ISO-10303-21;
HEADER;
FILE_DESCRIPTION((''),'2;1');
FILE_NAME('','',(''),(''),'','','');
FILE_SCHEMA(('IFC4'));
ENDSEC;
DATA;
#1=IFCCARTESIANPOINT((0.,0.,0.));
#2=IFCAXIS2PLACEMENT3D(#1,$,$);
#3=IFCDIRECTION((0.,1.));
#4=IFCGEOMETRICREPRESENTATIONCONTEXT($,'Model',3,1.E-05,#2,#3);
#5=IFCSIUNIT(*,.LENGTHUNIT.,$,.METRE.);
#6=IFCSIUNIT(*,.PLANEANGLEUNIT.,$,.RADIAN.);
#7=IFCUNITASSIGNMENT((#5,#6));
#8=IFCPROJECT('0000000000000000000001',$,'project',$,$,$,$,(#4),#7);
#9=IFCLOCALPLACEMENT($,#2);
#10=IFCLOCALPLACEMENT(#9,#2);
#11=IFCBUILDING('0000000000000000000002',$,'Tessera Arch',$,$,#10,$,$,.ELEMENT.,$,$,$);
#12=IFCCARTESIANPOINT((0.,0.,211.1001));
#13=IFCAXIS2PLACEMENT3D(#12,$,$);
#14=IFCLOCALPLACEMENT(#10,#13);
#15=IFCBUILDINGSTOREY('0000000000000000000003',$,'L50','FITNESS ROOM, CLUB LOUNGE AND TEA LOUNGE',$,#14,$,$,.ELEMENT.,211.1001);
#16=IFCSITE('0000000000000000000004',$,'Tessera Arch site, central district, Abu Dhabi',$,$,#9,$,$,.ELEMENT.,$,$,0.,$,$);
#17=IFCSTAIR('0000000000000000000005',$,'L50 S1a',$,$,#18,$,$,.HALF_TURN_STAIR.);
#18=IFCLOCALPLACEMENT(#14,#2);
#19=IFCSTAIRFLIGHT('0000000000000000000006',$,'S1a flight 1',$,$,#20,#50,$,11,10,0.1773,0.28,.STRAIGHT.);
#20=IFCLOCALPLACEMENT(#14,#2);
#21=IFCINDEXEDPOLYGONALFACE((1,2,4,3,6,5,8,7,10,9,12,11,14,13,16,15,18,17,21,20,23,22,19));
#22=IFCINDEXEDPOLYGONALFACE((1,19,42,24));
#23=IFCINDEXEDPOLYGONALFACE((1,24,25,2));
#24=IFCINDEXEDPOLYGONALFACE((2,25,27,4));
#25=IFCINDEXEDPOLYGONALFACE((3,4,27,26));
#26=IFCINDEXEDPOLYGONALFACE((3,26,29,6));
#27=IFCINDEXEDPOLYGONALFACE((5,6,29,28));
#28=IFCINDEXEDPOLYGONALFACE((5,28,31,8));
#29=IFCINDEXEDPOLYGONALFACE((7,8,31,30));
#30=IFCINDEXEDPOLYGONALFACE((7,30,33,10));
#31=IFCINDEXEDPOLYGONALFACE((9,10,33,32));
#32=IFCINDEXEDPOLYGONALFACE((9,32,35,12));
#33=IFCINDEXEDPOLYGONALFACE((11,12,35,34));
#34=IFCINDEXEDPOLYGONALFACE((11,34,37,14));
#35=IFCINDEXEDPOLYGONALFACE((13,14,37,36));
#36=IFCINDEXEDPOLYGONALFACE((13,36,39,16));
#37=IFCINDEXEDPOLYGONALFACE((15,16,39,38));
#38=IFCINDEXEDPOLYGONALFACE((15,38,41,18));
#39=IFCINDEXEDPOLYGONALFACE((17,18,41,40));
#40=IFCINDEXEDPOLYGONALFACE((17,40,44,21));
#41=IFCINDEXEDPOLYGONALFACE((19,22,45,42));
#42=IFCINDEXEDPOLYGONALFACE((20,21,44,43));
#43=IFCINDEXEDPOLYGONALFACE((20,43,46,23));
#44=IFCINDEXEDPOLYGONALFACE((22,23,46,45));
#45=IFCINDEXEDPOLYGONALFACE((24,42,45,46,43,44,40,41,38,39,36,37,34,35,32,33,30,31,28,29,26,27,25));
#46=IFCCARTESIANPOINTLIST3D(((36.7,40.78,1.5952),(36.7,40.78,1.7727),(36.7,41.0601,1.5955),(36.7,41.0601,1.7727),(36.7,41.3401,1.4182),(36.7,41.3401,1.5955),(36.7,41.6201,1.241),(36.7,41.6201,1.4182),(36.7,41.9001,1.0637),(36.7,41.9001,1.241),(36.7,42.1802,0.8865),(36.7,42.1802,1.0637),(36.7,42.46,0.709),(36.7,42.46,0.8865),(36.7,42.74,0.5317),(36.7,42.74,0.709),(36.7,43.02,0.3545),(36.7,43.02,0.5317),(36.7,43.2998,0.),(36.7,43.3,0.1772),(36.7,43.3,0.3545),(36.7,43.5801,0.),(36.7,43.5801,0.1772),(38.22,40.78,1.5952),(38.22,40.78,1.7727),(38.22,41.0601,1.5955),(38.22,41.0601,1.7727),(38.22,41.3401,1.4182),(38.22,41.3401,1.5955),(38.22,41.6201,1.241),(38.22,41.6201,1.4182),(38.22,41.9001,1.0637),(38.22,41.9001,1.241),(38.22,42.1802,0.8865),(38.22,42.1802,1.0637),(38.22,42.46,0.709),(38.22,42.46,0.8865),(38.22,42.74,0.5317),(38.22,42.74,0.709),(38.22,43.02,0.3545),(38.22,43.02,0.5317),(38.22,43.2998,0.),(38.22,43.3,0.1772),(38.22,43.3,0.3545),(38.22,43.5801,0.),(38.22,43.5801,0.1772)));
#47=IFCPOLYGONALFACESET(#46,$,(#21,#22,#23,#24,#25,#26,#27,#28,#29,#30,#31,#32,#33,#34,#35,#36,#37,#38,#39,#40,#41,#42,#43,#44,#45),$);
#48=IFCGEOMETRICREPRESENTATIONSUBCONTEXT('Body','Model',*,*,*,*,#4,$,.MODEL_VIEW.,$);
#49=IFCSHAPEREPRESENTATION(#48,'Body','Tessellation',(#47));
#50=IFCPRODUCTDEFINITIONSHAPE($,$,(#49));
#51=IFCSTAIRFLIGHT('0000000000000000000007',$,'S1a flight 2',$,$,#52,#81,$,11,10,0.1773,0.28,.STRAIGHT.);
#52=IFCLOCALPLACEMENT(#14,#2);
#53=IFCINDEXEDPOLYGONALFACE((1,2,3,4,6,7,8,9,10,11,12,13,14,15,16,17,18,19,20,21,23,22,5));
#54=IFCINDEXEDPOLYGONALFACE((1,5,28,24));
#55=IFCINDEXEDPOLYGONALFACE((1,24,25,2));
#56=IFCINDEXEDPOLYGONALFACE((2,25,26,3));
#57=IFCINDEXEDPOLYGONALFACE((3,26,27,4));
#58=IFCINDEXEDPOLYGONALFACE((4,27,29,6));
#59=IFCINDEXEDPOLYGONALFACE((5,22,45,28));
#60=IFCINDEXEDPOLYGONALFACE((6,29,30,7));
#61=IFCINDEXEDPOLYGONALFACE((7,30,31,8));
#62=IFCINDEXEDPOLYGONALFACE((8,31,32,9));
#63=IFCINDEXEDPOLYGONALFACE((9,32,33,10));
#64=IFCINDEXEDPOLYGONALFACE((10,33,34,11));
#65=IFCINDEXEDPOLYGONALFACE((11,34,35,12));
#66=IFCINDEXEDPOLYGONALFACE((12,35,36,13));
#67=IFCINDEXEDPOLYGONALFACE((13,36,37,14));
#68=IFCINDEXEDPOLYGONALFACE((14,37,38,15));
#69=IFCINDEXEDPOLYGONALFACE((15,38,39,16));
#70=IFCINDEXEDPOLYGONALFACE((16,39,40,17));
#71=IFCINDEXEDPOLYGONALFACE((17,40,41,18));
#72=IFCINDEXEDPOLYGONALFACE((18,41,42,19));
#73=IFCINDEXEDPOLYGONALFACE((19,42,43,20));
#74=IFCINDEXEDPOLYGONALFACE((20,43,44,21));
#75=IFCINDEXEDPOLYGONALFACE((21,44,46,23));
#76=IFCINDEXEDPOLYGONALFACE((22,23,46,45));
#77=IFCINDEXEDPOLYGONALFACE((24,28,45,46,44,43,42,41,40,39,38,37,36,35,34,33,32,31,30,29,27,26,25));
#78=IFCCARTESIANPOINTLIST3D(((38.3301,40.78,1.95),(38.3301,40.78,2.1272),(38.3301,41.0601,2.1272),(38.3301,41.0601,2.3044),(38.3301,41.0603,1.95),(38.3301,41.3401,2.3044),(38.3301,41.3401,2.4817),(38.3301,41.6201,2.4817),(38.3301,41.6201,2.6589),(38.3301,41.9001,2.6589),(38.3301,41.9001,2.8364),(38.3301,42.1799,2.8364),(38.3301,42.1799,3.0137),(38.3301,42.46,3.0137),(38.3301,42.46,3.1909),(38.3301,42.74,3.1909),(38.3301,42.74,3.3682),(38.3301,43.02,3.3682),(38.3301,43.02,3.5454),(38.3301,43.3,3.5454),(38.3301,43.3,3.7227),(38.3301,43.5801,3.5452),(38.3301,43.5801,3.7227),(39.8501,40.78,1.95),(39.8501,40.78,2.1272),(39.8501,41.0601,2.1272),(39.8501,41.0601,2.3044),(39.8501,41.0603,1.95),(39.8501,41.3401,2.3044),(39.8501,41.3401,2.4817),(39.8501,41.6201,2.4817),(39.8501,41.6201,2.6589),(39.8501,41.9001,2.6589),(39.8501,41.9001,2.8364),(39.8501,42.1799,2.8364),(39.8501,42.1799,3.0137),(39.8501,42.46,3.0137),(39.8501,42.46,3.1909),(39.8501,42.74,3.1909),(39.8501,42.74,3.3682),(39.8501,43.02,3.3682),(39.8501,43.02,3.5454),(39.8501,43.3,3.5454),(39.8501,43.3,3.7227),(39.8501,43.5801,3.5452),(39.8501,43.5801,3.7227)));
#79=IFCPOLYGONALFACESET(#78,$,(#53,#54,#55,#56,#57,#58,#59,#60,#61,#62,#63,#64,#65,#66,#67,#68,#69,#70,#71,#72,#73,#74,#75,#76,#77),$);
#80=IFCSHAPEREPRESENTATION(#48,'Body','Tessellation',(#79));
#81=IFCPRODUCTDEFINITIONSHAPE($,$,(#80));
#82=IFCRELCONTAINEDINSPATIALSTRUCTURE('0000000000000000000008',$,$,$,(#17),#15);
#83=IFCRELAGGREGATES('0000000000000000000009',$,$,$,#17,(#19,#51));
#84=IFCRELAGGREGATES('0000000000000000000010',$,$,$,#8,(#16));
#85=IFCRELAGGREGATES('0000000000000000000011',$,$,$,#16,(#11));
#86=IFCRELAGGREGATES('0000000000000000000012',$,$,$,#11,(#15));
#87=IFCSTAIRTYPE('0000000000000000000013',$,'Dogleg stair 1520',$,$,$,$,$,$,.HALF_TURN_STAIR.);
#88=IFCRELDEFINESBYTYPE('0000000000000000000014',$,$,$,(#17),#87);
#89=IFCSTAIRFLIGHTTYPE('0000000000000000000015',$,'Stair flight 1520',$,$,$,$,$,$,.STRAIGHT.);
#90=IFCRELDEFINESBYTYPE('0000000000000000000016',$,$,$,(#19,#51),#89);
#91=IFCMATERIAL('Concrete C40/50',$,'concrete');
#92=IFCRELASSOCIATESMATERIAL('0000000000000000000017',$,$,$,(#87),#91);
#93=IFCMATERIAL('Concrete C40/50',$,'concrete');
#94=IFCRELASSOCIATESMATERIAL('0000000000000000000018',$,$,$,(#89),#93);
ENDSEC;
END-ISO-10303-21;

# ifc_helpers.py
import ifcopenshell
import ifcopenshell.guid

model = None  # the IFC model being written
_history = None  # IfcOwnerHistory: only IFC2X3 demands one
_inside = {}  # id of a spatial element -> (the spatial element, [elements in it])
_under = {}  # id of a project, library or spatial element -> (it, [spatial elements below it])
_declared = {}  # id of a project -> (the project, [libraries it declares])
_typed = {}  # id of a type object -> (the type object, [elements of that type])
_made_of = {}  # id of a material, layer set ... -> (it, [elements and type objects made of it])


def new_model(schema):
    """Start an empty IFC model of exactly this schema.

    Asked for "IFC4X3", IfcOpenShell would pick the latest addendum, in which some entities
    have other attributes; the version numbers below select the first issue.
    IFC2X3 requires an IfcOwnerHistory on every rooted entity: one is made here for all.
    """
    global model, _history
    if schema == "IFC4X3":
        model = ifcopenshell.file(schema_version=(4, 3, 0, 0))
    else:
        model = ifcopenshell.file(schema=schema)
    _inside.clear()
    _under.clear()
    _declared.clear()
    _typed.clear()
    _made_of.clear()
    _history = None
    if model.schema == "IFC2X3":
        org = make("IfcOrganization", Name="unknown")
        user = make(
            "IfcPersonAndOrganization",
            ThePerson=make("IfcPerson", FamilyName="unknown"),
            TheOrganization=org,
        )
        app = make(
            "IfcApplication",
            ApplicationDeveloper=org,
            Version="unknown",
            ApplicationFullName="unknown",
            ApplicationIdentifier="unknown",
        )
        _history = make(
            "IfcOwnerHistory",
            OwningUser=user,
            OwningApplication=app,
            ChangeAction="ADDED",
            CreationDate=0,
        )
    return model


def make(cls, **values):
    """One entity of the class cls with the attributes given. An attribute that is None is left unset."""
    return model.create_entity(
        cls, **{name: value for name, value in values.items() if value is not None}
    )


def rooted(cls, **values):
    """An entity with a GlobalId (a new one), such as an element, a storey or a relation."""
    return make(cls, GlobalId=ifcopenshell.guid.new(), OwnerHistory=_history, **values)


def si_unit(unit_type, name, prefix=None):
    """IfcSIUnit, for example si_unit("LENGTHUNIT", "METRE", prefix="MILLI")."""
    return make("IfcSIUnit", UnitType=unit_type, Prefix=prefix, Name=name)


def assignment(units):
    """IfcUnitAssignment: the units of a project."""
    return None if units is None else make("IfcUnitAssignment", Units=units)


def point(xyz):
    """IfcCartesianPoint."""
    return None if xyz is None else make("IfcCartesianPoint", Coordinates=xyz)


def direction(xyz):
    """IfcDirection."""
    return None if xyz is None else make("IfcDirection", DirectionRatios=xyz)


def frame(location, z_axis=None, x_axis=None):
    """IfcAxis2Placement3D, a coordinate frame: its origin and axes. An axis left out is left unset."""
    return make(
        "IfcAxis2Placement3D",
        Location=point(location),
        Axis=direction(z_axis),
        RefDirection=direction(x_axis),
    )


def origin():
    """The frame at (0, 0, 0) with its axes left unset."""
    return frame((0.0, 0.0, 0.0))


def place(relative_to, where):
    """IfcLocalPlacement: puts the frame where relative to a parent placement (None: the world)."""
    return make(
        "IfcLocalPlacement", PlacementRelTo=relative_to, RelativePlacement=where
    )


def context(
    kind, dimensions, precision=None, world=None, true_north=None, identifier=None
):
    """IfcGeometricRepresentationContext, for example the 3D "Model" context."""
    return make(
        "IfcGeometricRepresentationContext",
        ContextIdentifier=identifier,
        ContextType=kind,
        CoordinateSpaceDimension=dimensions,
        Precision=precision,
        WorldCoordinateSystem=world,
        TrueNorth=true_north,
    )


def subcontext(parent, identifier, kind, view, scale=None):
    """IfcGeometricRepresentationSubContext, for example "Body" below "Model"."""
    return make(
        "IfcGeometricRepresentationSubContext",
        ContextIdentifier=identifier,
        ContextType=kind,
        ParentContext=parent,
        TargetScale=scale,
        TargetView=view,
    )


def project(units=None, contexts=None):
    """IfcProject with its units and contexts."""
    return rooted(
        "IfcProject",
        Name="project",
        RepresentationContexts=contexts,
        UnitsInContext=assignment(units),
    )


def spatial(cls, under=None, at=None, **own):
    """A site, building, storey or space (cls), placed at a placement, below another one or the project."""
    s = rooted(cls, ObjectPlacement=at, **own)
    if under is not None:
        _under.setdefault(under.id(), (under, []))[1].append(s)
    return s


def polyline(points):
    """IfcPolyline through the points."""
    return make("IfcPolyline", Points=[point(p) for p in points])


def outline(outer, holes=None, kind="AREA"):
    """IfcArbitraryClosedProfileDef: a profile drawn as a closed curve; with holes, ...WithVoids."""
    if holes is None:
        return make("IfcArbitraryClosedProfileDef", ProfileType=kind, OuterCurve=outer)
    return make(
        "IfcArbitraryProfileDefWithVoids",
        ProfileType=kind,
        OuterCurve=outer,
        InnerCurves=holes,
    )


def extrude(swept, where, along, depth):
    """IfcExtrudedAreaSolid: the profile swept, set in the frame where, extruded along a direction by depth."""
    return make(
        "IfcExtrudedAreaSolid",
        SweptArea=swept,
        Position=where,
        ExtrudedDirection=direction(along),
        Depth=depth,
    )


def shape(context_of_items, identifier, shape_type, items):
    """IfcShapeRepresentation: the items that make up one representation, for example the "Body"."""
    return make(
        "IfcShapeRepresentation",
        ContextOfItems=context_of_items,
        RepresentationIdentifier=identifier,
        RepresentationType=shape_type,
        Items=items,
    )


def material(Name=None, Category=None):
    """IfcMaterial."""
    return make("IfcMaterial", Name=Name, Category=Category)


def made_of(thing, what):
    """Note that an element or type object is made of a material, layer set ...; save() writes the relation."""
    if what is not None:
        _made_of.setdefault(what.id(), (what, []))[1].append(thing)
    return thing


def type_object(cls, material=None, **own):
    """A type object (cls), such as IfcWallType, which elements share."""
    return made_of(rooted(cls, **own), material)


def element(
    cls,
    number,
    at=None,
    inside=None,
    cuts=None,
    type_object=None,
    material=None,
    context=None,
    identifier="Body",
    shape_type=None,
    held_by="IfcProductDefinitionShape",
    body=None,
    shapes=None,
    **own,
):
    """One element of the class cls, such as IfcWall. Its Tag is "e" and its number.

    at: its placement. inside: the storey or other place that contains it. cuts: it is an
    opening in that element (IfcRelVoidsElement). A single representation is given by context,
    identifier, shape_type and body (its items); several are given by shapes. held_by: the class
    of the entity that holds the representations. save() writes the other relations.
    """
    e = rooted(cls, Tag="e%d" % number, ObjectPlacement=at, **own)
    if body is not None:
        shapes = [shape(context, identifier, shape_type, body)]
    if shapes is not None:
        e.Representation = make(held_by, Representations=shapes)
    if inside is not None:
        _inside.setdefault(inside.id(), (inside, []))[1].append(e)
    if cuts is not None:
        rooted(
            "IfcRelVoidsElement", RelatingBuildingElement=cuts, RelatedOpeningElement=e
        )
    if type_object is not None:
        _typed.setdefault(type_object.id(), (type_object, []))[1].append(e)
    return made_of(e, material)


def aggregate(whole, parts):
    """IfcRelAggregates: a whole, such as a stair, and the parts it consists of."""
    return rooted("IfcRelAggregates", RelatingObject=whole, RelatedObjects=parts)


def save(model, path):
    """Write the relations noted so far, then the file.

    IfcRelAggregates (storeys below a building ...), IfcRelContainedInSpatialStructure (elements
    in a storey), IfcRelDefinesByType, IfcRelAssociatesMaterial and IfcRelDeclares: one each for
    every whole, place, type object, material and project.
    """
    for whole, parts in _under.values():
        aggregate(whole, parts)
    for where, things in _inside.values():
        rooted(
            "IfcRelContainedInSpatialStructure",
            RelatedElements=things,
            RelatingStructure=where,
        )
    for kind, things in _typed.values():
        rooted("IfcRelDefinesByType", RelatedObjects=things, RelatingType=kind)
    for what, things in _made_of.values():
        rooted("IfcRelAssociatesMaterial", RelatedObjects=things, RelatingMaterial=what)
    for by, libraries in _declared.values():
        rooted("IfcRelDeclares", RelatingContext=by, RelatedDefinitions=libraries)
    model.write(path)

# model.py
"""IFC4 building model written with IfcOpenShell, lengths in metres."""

from ifc_helpers import new_model, si_unit, direction, frame, origin, place, context, subcontext, project, spatial, polyline, outline, extrude, material, type_object, element, aggregate, save


model = new_model("IFC4")

# Units and contexts
model_context = context("Model", 3, precision=1e-05, world=origin(), true_north=direction((0.0, 1.0)))
body_context = subcontext(model_context, "Body", "Model", "MODEL_VIEW")
ifc_project = project(units=[si_unit("LENGTHUNIT", "METRE"), si_unit("PLANEANGLEUNIT", "RADIAN")], contexts=[model_context])

# Site, building, storey
site_placement = place(None, origin())
site = spatial("IfcSite", under=ifc_project, at=site_placement, Name="Tessera Arch site, central district, Abu Dhabi", CompositionType="ELEMENT", RefElevation=0.0)
building_placement = place(site_placement, origin())
building = spatial("IfcBuilding", under=site, at=building_placement, Name="Tessera Arch", CompositionType="ELEMENT")
storey_placement = place(building_placement, frame((0.0, 0.0, 211.1001)))
storey = spatial("IfcBuildingStorey", under=building, at=storey_placement, Name="L50", Description="FITNESS ROOM, CLUB LOUNGE AND TEA LOUNGE", CompositionType="ELEMENT", Elevation=211.1001)

# Stair, stair flights
ifc_material_1 = material(Name="Concrete C40/50", Category="concrete")
stair_type = type_object("IfcStairType", Name="Dogleg stair 1520", PredefinedType="HALF_TURN_STAIR", material=ifc_material_1)
stair_placement = place(storey_placement, origin())
stair = element("IfcStair", 1, at=stair_placement, inside=storey, type_object=stair_type, Name="L50 S1a", PredefinedType="HALF_TURN_STAIR")
ifc_material_2 = material(Name="Concrete C40/50", Category="concrete")
stair_flight_type = type_object("IfcStairFlightType", Name="Stair flight 1520", PredefinedType="STRAIGHT", material=ifc_material_2)
stair_flight_1_placement = place(storey_placement, frame((37.46, 43.5801, 0.0), z_axis=(0.0, 0.0, 1.0), x_axis=(0.0, -1.0, 0.0)))
stair_flight_1 = element("IfcStairFlight", 2, at=stair_flight_1_placement, type_object=stair_flight_type, Name="S1a flight 1", NumberOfRisers=11, NumberOfTreads=10, PredefinedType="STRAIGHT", RiserHeight=0.1773, TreadLength=0.28, context=body_context, shape_type="SweptSolid", body=[
    extrude(outline(polyline([(0.0, 0.0), (0.0, 0.1772), (0.28, 0.1772), (0.28, 0.3545), (0.5601, 0.3545), (0.5601, 0.5317), (0.8401, 0.5317), (0.8401, 0.709), (1.1201, 0.709), (1.1201, 0.8865), (1.3999, 0.8865), (1.3999, 1.0637), (1.6799, 1.0637), (1.6799, 1.241), (1.96, 1.241), (1.96, 1.4182), (2.24, 1.4182), (2.24, 1.5955), (2.52, 1.5955), (2.52, 1.7727), (2.8, 1.7727), (2.8, 1.95), (2.8, 1.5952), (0.2803, 0.0), (0.0, 0.0)])), frame((0.0, 0.76, 0.0), z_axis=(0.0, -1.0, 0.0), x_axis=(1.0, 0.0, 0.0)), (0.0, 0.0, 1.0), 1.52),
])
stair_flight_2_placement = place(storey_placement, frame((39.0901, 40.78, 1.95), z_axis=(0.0, 0.0, 1.0), x_axis=(0.0, 1.0, 0.0)))
stair_flight_2 = element("IfcStairFlight", 3, at=stair_flight_2_placement, type_object=stair_flight_type, Name="S1a flight 2", NumberOfRisers=11, NumberOfTreads=10, PredefinedType="STRAIGHT", RiserHeight=0.1773, TreadLength=0.28, context=body_context, shape_type="SweptSolid", body=[
    extrude(outline(polyline([(0.0, 0.0), (0.0, 0.1772), (0.28, 0.1772), (0.28, 0.3545), (0.5601, 0.3545), (0.5601, 0.5317), (0.8401, 0.5317), (0.8401, 0.709), (1.1201, 0.709), (1.1201, 0.8865), (1.3999, 0.8865), (1.3999, 1.0637), (1.6799, 1.0637), (1.6799, 1.241), (1.96, 1.241), (1.96, 1.4182), (2.24, 1.4182), (2.24, 1.5955), (2.52, 1.5955), (2.52, 1.7727), (2.8, 1.7727), (2.8, 1.95), (2.8, 1.5952), (0.2803, 0.0), (0.0, 0.0)])), frame((0.0, 0.76, 0.0), z_axis=(0.0, -1.0, 0.0), x_axis=(1.0, 0.0, 0.0)), (0.0, 0.0, 1.0), 1.52),
])
aggregate(stair, [stair_flight_1, stair_flight_2])

save(model, "model.ifc")
